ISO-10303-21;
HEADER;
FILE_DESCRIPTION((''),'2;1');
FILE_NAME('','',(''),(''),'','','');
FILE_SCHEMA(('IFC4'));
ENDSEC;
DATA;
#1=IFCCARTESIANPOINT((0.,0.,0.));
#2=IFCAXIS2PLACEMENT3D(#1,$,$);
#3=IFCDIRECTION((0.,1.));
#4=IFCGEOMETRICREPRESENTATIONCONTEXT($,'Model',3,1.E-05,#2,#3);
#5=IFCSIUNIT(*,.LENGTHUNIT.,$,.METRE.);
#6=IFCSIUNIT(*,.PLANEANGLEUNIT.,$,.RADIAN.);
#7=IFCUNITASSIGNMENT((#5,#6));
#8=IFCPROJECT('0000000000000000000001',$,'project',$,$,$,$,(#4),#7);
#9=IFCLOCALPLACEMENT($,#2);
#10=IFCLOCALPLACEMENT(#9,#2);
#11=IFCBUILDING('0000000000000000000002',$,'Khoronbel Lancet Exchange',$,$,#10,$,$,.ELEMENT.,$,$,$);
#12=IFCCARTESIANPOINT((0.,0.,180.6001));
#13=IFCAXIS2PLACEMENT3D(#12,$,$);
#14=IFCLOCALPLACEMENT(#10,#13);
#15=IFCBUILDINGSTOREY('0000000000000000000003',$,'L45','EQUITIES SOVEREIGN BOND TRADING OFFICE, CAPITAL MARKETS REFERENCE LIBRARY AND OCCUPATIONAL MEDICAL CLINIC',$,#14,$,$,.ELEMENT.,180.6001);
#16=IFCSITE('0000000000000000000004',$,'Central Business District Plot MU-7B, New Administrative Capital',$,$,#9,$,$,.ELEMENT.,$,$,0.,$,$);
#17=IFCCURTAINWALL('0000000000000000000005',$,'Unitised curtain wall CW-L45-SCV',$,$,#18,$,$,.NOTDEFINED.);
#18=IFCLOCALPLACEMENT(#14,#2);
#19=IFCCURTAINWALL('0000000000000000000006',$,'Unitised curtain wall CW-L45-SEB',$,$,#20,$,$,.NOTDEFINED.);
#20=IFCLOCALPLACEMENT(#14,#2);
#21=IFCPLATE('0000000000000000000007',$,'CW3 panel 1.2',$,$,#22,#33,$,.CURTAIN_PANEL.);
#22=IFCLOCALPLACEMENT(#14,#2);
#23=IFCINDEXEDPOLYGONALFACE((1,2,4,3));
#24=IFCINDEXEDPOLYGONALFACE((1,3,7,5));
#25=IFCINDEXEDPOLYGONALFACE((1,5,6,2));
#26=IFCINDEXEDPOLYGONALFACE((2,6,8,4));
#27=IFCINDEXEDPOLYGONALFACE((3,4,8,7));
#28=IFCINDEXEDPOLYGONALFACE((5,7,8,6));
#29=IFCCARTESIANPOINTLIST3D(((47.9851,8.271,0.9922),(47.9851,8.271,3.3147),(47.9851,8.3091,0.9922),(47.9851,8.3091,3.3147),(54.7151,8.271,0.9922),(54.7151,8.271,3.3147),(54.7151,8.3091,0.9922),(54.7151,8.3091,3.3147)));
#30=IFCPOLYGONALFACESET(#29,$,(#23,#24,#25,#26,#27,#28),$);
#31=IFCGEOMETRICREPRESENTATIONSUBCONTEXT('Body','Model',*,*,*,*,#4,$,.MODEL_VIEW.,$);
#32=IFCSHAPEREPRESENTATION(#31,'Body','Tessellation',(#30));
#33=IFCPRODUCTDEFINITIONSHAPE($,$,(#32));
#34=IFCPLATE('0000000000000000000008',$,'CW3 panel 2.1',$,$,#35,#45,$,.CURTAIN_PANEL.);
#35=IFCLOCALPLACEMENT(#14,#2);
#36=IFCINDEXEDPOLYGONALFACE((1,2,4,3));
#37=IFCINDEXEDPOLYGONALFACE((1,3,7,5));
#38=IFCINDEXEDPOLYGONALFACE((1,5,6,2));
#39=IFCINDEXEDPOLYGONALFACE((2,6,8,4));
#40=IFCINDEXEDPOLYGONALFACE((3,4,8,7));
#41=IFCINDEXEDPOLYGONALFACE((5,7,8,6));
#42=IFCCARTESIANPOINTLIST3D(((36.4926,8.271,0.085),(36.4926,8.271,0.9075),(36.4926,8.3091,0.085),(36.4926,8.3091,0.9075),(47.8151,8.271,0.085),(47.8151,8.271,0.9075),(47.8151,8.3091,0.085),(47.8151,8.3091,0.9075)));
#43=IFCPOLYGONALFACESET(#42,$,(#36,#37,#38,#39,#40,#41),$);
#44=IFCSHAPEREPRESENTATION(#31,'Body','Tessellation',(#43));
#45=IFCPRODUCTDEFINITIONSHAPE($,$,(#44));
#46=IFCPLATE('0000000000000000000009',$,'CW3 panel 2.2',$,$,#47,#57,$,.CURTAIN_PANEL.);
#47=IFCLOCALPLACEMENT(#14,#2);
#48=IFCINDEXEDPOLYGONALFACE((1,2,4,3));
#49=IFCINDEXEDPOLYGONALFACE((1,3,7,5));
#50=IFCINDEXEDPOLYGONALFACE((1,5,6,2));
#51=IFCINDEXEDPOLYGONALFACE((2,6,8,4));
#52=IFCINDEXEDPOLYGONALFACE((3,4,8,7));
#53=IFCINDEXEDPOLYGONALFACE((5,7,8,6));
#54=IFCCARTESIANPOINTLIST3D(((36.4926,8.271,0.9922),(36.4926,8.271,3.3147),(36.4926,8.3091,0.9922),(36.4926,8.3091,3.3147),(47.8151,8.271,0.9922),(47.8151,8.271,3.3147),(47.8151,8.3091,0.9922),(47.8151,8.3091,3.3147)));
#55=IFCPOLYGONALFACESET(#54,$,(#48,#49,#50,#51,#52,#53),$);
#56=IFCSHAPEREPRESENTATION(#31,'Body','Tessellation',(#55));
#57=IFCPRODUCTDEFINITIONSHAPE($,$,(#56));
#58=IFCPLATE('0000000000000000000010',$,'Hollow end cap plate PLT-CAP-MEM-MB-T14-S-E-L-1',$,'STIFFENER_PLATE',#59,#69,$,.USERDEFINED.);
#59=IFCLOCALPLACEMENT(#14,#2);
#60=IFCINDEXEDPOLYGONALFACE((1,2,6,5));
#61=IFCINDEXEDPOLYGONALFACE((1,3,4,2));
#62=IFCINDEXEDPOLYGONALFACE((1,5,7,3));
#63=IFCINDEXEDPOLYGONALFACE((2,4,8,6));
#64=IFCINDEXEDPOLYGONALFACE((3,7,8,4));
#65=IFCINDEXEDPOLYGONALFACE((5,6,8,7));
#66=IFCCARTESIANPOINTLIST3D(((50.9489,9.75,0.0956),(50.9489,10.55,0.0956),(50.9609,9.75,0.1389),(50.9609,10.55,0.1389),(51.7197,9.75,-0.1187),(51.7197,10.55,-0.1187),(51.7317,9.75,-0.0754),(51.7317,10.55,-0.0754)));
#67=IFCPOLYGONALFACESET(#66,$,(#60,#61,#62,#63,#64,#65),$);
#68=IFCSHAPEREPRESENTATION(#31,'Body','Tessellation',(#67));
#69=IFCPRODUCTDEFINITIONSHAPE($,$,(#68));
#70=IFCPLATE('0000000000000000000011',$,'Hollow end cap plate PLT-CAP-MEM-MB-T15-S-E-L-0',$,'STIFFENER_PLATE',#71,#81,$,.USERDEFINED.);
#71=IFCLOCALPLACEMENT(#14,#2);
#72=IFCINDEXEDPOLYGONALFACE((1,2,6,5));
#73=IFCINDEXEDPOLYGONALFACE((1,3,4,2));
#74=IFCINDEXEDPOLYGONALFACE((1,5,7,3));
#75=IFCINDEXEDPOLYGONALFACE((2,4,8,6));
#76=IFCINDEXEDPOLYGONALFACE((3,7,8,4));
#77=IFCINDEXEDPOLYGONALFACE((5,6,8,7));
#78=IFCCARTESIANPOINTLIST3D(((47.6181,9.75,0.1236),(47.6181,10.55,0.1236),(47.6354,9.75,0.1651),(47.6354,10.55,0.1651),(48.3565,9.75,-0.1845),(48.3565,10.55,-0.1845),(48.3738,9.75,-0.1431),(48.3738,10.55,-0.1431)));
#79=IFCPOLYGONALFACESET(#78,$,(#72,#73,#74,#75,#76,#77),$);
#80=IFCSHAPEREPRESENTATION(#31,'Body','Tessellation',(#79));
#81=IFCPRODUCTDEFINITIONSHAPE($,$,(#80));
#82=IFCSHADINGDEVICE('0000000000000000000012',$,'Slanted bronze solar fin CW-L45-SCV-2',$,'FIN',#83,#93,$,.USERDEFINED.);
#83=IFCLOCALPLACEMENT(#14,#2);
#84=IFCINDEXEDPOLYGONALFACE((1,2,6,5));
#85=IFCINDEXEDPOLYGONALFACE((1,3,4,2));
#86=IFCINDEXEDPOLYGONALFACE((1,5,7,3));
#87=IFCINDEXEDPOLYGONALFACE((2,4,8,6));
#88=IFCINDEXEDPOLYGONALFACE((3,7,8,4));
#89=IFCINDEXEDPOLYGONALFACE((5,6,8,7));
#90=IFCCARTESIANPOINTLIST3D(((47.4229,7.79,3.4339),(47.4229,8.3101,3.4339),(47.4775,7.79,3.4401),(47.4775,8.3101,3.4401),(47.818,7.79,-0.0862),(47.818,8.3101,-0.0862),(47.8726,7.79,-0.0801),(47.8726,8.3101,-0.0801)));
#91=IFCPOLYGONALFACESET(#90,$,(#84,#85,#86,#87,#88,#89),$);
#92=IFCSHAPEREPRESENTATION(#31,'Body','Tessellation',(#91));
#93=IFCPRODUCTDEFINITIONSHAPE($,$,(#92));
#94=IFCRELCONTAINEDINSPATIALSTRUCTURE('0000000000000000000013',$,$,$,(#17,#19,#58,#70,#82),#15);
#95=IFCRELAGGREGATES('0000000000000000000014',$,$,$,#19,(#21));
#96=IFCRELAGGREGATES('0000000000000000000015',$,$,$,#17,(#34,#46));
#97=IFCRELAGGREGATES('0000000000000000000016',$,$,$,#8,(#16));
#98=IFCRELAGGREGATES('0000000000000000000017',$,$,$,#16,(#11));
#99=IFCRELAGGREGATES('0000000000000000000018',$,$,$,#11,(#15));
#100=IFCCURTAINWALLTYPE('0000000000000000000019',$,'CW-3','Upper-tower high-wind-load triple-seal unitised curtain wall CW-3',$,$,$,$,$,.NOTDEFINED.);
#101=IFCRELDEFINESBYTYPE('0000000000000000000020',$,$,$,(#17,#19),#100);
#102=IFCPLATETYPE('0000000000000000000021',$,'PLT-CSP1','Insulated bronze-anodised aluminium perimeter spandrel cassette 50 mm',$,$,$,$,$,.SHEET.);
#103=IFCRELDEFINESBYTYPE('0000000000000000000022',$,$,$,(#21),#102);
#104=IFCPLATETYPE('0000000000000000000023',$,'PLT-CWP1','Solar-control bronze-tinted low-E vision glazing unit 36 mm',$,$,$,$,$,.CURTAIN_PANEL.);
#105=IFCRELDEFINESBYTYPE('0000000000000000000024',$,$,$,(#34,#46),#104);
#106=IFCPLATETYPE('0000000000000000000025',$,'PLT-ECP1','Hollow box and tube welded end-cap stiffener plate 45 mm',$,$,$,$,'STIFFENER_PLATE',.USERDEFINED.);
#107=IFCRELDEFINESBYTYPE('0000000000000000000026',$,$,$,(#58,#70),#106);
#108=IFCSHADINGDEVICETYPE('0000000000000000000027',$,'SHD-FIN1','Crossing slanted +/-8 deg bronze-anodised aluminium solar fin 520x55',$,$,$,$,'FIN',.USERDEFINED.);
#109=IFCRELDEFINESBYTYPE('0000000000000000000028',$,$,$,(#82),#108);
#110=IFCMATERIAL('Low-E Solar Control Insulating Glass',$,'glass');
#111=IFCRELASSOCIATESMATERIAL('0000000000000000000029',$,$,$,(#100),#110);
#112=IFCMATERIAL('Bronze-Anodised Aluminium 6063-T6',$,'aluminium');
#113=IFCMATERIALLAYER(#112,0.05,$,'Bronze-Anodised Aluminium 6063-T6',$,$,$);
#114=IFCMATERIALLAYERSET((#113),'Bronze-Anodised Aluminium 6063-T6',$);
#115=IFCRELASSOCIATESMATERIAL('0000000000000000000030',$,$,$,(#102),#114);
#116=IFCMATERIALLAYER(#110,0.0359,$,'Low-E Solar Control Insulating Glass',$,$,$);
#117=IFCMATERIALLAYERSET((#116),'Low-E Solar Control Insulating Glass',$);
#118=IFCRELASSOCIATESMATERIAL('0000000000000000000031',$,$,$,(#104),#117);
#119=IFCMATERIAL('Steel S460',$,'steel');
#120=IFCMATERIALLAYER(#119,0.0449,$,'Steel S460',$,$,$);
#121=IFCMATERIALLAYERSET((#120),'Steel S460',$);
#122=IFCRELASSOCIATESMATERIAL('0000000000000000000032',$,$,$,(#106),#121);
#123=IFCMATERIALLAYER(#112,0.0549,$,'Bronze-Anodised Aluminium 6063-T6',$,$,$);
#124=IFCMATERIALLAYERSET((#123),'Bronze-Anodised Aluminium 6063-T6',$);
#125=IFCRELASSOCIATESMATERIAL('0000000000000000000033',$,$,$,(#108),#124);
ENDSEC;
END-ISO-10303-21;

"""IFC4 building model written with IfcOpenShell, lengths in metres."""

from ifc_helpers import new_model, si_unit, direction, frame, origin, origin_2d, place, context, subcontext, project, spatial, polyline, rectangle, outline, extrude, material, layer, layer_set, type_object, element, aggregate, save


model = new_model("IFC4")

# Units and contexts
model_context = context("Model", 3, precision=1e-05, world=origin(), true_north=direction((0.0, 1.0)))
body_context = subcontext(model_context, "Body", "Model", "MODEL_VIEW")
ifc_project = project(units=[si_unit("LENGTHUNIT", "METRE"), si_unit("PLANEANGLEUNIT", "RADIAN")], contexts=[model_context])

# Site, building, storey
site_placement = place(None, origin())
site = spatial("IfcSite", under=ifc_project, at=site_placement, Name="Central Business District Plot MU-7B, New Administrative Capital", CompositionType="ELEMENT", RefElevation=0.0)
building_placement = place(site_placement, origin())
building = spatial("IfcBuilding", under=site, at=building_placement, Name="Khoronbel Lancet Exchange", CompositionType="ELEMENT")
storey_placement = place(building_placement, frame((0.0, 0.0, 180.6001)))
storey = spatial("IfcBuildingStorey", under=building, at=storey_placement, Name="L45", Description="EQUITIES SOVEREIGN BOND TRADING OFFICE, CAPITAL MARKETS REFERENCE LIBRARY AND OCCUPATIONAL MEDICAL CLINIC", CompositionType="ELEMENT", Elevation=180.6001)

# Shared definitions
ifc_material_1 = material(Name="Steel S460", Category="steel")

# Curtain wall
ifc_material_2 = material(Name="Low-E Solar Control Insulating Glass", Category="glass")
curtain_wall_type = type_object("IfcCurtainWallType", Name="CW-3", Description="Upper-tower high-wind-load triple-seal unitised curtain wall CW-3", PredefinedType="NOTDEFINED", material=ifc_material_2)
curtain_wall_1_placement = place(storey_placement, origin())
curtain_wall_1 = element("IfcCurtainWall", 1, at=curtain_wall_1_placement, inside=storey, type_object=curtain_wall_type, Name="Unitised curtain wall CW-L45-SCV", PredefinedType="NOTDEFINED")
ifc_material_3 = material(Name="Bronze-Anodised Aluminium 6063-T6", Category="aluminium")

# Curtain wall
curtain_wall_2_placement = place(storey_placement, origin())
curtain_wall_2 = element("IfcCurtainWall", 2, at=curtain_wall_2_placement, inside=storey, type_object=curtain_wall_type, Name="Unitised curtain wall CW-L45-SEB", PredefinedType="NOTDEFINED")

# Plates
ifc_layer_1 = layer(ifc_material_3, 0.05, Name="Bronze-Anodised Aluminium 6063-T6")
ifc_layer_set_1 = layer_set([ifc_layer_1], Name="Bronze-Anodised Aluminium 6063-T6")
plate_type_1 = type_object("IfcPlateType", Name="PLT-CSP1", Description="Insulated bronze-anodised aluminium perimeter spandrel cassette 50 mm", PredefinedType="SHEET", material=ifc_layer_set_1)
plate_1_placement = place(storey_placement, frame((51.3501, 8.29, 0.9922), z_axis=(0.0, 0.0, 1.0), x_axis=(1.0, 0.0, 0.0)))
plate_1 = element("IfcPlate", 3, at=plate_1_placement, type_object=plate_type_1, Name="CW3 panel 1.2", PredefinedType="CURTAIN_PANEL", context=body_context, shape_type="SweptSolid", body=[
    extrude(rectangle(XDim=6.73, YDim=0.0381, at=origin_2d()), origin(), (0.0, 0.0, 1.0), 2.3225),
])
aggregate(curtain_wall_2, [plate_1])
ifc_layer_2 = layer(ifc_material_2, 0.0359, Name="Low-E Solar Control Insulating Glass")
ifc_layer_set_2 = layer_set([ifc_layer_2], Name="Low-E Solar Control Insulating Glass")
plate_type_2 = type_object("IfcPlateType", Name="PLT-CWP1", Description="Solar-control bronze-tinted low-E vision glazing unit 36 mm", PredefinedType="CURTAIN_PANEL", material=ifc_layer_set_2)
plate_2_placement = place(storey_placement, frame((42.1538, 8.29, 0.085), z_axis=(0.0, 0.0, 1.0), x_axis=(1.0, 0.0, 0.0)))
plate_2 = element("IfcPlate", 4, at=plate_2_placement, type_object=plate_type_2, Name="CW3 panel 2.1", PredefinedType="CURTAIN_PANEL", context=body_context, shape_type="SweptSolid", body=[
    extrude(rectangle(XDim=11.3225, YDim=0.0381, at=origin_2d()), origin(), (0.0, 0.0, 1.0), 0.8225),
])
plate_3_placement = place(storey_placement, frame((42.1538, 8.29, 0.9922), z_axis=(0.0, 0.0, 1.0), x_axis=(1.0, 0.0, 0.0)))
plate_3 = element("IfcPlate", 5, at=plate_3_placement, type_object=plate_type_2, Name="CW3 panel 2.2", PredefinedType="CURTAIN_PANEL", context=body_context, shape_type="SweptSolid", body=[
    extrude(rectangle(XDim=11.3225, YDim=0.0381, at=origin_2d()), origin(), (0.0, 0.0, 1.0), 2.3225),
])
aggregate(curtain_wall_1, [plate_2, plate_3])

# Plates
ifc_layer_3 = layer(ifc_material_1, 0.0449, Name="Steel S460")
ifc_layer_set_3 = layer_set([ifc_layer_3], Name="Steel S460")
plate_type_3 = type_object("IfcPlateType", Name="PLT-ECP1", Description="Hollow box and tube welded end-cap stiffener plate 45 mm", ElementType="STIFFENER_PLATE", PredefinedType="USERDEFINED", material=ifc_layer_set_3)
for number, where, z_axis, x_axis, name in (
    (6, (51.7317, 9.75, -0.0754), (0.267943, 0.0, 0.963435), (0.0, 1.0, 0.0), "Hollow end cap plate PLT-CAP-MEM-MB-T14-S-E-L-1"),
    (7, (48.3738, 9.75, -0.1431), (0.385135, 0.0, 0.92286), (0.0, 1.0, 0.0), "Hollow end cap plate PLT-CAP-MEM-MB-T15-S-E-L-0"),
):
    element("IfcPlate", number, at=place(storey_placement, frame(where, z_axis=z_axis, x_axis=x_axis)), inside=storey, type_object=plate_type_3, Name=name, ObjectType="STIFFENER_PLATE", PredefinedType="USERDEFINED", context=body_context, shape_type="SweptSolid", body=[
        extrude(outline(polyline([(0.0, 0.0), (0.8, 0.0), (0.8, 0.8), (0.0, 0.8), (0.0, 0.0)])), origin(), (0.0, 0.0, -1.0), 0.0449),
    ])

# Shading device
ifc_layer_4 = layer(ifc_material_3, 0.0549, Name="Bronze-Anodised Aluminium 6063-T6")
ifc_layer_set_4 = layer_set([ifc_layer_4], Name="Bronze-Anodised Aluminium 6063-T6")
shading_device_type = type_object("IfcShadingDeviceType", Name="SHD-FIN1", Description="Crossing slanted +/-8 deg bronze-anodised aluminium solar fin 520x55", ElementType="FIN", PredefinedType="USERDEFINED", material=ifc_layer_set_4)
shading_device_placement = place(storey_placement, frame((47.8726, 8.3101, -0.0801), z_axis=(0.993762, 0.0, 0.111521), x_axis=(0.0, -1.0, 0.0)))
element("IfcShadingDevice", 8, at=shading_device_placement, inside=storey, type_object=shading_device_type, Name="Slanted bronze solar fin CW-L45-SCV-2", ObjectType="FIN", PredefinedType="USERDEFINED", context=body_context, shape_type="SweptSolid", body=[
    extrude(outline(polyline([(0.0, 0.0), (0.52, 0.0), (0.52, -3.5422), (0.0, -3.5422), (0.0, 0.0)])), origin(), (0.0, 0.0, -1.0), 0.0549),
])

save(model, "model.ifc")
